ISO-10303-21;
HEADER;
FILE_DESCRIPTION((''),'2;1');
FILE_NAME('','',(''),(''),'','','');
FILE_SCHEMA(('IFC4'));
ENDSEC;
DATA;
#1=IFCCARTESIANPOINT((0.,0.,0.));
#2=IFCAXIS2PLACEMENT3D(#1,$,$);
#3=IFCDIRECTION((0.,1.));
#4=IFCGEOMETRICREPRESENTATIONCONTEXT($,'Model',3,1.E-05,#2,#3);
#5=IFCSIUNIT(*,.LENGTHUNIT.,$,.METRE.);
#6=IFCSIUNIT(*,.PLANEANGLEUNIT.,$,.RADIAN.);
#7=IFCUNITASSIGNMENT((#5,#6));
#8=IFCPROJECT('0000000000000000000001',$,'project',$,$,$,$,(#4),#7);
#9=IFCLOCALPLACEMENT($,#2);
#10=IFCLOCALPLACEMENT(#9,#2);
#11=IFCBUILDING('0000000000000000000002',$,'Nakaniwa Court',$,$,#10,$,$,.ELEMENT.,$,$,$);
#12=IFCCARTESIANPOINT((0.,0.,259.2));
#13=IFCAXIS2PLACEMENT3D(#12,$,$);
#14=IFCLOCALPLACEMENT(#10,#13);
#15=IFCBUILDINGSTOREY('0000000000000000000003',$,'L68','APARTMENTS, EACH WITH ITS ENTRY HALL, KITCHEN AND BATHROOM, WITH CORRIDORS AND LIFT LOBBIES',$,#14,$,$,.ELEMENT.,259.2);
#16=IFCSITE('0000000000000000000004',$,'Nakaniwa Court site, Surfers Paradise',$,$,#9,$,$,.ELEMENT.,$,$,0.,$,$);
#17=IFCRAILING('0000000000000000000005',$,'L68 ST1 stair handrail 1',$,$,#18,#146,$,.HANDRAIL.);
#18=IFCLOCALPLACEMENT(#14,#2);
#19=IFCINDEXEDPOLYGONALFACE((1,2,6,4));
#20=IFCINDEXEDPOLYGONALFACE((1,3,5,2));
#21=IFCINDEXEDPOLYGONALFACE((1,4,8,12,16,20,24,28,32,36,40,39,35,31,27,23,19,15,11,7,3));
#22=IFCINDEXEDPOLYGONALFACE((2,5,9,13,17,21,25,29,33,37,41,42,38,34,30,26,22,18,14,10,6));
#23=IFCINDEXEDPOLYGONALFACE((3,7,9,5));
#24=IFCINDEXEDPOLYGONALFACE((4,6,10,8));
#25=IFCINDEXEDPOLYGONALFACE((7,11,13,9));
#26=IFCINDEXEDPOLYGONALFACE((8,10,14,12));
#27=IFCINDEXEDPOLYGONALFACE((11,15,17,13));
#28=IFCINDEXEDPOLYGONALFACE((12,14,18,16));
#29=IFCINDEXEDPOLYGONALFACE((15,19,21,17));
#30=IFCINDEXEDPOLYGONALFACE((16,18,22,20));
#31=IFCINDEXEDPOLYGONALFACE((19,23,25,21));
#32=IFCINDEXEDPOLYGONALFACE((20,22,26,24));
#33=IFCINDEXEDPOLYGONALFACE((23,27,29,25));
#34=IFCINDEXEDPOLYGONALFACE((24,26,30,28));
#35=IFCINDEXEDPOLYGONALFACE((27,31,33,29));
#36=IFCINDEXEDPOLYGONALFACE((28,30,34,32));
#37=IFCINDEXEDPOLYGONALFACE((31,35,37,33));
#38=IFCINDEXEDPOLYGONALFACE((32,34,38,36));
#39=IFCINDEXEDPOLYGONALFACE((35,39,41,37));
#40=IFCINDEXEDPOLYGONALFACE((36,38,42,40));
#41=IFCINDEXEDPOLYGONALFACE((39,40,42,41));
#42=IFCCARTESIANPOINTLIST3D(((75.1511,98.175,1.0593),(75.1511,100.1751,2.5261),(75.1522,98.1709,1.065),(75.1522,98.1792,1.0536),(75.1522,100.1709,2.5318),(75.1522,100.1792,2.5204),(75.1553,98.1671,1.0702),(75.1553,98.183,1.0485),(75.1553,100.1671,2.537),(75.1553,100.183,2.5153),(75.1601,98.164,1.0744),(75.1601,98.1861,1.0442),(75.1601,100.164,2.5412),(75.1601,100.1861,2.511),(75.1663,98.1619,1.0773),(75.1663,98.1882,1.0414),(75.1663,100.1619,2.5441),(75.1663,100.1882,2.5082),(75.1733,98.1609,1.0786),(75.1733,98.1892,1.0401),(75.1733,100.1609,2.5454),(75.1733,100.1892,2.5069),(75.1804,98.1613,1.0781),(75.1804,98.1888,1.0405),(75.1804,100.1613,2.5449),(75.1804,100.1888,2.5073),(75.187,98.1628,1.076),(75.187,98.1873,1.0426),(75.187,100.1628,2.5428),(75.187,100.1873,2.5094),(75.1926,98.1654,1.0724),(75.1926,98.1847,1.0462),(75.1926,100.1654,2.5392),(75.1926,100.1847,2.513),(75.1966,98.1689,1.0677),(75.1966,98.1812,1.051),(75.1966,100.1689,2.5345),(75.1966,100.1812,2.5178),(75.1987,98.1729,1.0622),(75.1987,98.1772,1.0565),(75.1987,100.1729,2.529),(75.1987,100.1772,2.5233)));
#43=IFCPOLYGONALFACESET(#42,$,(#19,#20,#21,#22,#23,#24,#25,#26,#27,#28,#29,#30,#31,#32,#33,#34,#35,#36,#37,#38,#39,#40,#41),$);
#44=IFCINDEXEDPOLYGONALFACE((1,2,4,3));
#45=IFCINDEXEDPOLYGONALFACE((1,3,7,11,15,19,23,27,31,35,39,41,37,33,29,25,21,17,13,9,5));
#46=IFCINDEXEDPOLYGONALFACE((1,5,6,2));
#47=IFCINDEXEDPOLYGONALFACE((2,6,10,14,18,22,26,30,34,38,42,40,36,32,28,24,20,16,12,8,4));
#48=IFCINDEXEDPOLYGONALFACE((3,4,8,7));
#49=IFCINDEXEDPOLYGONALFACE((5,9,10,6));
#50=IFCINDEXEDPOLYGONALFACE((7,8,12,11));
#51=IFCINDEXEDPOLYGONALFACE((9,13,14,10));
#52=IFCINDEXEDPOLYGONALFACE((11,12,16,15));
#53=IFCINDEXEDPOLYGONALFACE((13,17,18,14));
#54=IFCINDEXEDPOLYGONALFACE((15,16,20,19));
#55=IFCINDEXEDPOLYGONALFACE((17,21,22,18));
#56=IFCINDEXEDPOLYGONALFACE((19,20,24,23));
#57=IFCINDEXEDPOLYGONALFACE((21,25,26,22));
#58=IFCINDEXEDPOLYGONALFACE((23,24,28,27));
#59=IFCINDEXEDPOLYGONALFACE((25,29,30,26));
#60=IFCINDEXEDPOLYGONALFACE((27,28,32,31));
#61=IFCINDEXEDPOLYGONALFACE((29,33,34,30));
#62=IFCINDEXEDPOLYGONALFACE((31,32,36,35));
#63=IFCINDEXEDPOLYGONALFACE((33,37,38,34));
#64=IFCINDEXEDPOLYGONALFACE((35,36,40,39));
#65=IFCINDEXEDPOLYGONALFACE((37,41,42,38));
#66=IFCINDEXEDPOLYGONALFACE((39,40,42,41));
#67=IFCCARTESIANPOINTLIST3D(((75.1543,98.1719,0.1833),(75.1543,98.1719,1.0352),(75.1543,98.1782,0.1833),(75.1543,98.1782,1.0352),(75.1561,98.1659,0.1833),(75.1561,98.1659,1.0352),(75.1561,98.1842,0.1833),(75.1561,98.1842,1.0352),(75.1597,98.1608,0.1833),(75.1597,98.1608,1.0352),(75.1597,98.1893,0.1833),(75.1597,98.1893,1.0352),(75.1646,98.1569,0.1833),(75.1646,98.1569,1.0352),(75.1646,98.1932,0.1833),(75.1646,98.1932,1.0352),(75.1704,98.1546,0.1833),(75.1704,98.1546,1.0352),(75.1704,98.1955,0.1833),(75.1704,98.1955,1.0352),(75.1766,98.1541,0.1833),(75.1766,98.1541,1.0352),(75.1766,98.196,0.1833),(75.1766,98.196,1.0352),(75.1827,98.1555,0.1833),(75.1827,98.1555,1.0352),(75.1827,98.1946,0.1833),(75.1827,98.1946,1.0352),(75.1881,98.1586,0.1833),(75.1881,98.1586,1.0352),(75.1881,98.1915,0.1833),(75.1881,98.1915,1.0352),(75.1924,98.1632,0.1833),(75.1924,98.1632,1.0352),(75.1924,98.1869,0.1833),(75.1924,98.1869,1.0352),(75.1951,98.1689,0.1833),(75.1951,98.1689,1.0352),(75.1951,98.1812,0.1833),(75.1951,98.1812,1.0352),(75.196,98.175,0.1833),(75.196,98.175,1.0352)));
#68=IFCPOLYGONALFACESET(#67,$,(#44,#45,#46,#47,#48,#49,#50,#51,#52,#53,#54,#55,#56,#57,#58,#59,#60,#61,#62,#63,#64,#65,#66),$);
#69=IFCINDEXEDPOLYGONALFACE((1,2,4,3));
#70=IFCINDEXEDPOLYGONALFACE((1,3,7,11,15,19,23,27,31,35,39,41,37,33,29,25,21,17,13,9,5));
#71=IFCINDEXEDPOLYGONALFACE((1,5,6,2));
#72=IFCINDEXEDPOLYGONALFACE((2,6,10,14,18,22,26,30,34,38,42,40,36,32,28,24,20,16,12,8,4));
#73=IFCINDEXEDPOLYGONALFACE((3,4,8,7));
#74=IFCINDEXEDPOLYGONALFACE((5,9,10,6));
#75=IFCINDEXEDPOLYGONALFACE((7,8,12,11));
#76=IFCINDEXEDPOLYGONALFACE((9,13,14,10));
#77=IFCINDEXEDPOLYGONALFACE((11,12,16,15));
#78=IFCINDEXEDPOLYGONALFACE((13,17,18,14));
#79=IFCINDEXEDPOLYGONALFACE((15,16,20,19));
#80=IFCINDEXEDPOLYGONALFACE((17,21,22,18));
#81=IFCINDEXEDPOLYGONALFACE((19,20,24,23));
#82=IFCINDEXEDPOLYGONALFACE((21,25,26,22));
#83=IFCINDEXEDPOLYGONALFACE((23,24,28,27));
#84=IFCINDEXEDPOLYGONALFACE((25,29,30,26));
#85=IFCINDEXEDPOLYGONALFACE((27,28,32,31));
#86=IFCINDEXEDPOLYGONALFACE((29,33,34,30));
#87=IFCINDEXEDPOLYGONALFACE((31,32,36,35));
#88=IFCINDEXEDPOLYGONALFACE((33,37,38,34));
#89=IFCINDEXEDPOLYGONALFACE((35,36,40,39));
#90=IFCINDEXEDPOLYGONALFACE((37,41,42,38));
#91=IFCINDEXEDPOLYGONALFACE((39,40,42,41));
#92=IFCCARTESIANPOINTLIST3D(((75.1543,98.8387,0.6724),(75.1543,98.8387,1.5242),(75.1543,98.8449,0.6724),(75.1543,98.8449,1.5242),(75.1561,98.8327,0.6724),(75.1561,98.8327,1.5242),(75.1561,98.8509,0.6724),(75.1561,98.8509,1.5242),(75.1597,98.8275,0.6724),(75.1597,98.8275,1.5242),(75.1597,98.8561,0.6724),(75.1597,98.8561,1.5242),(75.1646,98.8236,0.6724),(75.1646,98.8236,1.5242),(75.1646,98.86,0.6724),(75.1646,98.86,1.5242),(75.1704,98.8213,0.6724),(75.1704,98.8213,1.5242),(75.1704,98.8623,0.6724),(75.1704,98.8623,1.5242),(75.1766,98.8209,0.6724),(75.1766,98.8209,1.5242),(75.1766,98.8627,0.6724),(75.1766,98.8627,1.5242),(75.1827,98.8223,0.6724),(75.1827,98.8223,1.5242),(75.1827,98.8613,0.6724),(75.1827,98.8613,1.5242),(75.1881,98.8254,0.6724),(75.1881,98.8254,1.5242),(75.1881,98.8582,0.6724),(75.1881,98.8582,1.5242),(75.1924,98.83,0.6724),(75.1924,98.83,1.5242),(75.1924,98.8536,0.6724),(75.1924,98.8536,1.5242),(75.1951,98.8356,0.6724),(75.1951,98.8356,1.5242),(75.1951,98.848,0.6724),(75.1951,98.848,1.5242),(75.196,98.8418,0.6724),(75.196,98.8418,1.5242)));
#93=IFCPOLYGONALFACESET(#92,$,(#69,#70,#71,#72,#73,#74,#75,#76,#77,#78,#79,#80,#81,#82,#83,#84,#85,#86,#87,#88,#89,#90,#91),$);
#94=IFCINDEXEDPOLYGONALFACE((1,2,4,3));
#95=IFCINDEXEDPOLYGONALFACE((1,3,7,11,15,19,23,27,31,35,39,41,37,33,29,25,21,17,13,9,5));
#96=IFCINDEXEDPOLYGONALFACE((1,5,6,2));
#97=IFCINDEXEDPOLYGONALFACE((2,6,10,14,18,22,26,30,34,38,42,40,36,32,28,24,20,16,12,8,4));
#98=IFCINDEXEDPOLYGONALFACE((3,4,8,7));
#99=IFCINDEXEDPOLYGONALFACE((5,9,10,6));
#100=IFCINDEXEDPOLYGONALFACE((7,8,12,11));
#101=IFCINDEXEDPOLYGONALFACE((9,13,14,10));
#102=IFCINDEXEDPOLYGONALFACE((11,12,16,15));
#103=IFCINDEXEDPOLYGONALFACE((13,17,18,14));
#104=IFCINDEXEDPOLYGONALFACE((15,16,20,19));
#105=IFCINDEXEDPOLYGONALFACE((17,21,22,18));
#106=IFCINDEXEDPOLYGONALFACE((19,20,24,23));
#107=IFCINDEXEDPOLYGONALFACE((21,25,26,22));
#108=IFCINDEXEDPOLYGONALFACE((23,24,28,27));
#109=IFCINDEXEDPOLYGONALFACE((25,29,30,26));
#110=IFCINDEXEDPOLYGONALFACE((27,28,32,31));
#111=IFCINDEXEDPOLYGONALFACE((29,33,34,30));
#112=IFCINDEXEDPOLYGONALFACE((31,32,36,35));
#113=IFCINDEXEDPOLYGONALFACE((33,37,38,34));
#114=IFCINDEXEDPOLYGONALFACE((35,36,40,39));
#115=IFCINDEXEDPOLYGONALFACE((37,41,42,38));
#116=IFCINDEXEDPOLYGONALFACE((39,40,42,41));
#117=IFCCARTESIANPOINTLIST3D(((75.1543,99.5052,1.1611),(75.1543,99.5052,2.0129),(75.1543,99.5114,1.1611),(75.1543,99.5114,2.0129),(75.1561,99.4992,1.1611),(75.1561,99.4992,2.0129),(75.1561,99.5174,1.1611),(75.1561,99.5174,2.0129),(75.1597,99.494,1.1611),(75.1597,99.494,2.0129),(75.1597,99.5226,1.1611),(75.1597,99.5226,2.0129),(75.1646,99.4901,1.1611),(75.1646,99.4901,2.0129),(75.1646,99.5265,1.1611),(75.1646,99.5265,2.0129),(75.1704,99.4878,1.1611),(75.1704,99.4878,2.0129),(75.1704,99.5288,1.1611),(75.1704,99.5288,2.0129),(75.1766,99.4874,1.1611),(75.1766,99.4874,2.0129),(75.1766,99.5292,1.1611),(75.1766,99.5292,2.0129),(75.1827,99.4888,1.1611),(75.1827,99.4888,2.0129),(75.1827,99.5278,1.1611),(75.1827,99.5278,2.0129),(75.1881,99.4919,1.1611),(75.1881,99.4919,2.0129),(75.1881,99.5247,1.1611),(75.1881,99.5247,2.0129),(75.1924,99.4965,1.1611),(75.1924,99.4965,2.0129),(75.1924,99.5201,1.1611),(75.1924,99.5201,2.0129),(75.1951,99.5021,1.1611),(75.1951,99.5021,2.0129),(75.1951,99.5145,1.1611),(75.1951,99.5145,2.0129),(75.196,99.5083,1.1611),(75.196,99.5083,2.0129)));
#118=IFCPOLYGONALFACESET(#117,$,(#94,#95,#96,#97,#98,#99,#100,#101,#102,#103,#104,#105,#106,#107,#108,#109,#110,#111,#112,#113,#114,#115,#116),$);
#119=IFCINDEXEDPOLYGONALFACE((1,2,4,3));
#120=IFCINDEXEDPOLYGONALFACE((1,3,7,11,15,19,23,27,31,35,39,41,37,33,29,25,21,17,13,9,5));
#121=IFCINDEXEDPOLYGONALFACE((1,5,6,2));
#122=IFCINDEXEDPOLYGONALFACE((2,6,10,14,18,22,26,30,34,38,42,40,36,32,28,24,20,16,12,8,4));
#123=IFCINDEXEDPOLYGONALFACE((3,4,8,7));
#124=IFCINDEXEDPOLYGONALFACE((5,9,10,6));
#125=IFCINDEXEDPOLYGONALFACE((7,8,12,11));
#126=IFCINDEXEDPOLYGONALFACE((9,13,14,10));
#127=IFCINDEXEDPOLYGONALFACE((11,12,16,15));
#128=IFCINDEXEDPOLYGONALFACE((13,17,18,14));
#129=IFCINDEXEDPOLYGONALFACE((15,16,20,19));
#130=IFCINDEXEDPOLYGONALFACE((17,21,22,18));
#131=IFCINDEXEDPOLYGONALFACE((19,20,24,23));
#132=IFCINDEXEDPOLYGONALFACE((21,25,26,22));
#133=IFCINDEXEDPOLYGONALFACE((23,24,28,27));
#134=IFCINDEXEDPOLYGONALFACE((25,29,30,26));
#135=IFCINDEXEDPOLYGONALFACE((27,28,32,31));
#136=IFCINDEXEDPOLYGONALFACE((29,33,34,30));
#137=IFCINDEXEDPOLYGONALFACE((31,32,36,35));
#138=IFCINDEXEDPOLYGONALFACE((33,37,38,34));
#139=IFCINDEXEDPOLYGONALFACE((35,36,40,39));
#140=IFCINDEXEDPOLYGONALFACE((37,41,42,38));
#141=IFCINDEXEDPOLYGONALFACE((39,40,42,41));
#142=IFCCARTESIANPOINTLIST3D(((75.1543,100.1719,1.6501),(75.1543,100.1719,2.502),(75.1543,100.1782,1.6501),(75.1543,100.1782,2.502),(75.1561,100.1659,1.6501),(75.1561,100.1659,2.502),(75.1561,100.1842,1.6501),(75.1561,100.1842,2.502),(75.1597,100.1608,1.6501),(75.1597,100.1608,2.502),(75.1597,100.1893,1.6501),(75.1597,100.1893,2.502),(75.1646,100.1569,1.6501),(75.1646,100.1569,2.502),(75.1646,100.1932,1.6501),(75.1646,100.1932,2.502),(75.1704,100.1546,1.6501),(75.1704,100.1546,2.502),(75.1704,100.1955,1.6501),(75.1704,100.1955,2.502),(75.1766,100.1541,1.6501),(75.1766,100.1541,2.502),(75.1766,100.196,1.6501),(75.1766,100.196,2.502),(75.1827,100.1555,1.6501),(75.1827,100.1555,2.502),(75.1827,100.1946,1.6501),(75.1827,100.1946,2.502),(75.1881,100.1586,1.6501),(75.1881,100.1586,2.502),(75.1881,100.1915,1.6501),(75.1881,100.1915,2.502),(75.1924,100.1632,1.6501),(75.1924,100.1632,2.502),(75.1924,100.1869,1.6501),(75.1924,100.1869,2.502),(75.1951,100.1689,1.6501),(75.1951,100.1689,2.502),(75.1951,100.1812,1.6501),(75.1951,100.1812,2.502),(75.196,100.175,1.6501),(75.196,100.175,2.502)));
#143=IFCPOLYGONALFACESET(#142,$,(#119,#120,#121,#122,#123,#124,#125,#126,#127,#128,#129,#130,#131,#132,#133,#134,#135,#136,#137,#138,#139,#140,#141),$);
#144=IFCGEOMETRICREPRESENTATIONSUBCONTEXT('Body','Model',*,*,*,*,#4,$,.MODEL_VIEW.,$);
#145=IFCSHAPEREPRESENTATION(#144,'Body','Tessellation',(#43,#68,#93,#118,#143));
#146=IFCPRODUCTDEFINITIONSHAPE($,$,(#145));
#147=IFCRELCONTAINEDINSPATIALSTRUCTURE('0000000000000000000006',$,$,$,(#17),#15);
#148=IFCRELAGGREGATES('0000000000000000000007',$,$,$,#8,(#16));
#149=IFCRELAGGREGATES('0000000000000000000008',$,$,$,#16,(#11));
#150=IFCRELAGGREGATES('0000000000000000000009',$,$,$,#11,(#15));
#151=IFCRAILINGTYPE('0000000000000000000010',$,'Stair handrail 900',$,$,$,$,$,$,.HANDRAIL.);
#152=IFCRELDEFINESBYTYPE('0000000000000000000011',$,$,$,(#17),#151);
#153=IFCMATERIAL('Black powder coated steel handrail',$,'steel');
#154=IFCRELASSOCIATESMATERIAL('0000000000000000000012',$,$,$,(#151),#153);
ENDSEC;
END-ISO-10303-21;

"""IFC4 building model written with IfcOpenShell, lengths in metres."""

from ifc_helpers import new_model, si_unit, direction, frame, origin, origin_2d, place, context, subcontext, project, spatial, circle, extrude, material, type_object, element, save


model = new_model("IFC4")

# Units and contexts
model_context = context("Model", 3, precision=1e-05, world=origin(), true_north=direction((0.0, 1.0)))
body_context = subcontext(model_context, "Body", "Model", "MODEL_VIEW")
ifc_project = project(units=[si_unit("LENGTHUNIT", "METRE"), si_unit("PLANEANGLEUNIT", "RADIAN")], contexts=[model_context])

# Site, building, storey
site_placement = place(None, origin())
site = spatial("IfcSite", under=ifc_project, at=site_placement, Name="Nakaniwa Court site, Surfers Paradise", CompositionType="ELEMENT", RefElevation=0.0)
building_placement = place(site_placement, origin())
building = spatial("IfcBuilding", under=site, at=building_placement, Name="Nakaniwa Court", CompositionType="ELEMENT")
storey_placement = place(building_placement, frame((0.0, 0.0, 259.2)))
storey = spatial("IfcBuildingStorey", under=building, at=storey_placement, Name="L68", Description="APARTMENTS, EACH WITH ITS ENTRY HALL, KITCHEN AND BATHROOM, WITH CORRIDORS AND LIFT LOBBIES", CompositionType="ELEMENT", Elevation=259.2)

# Railing
ifc_material_1 = material(Name="Black powder coated steel handrail", Category="steel")
railing_type_1 = type_object("IfcRailingType", Name="Stair handrail 900", PredefinedType="HANDRAIL", material=ifc_material_1)
railing_1_placement = place(storey_placement, frame((75.175, 98.175, 0.1833)))
element("IfcRailing", 1, at=railing_1_placement, inside=storey, type_object=railing_type_1, Name="L68 ST1 stair handrail 1", PredefinedType="HANDRAIL", context=body_context, shape_type="SweptSolid", body=[
    extrude(circle(Radius=0.0239, at=origin_2d()), frame((0.0, 0.0, 0.876), z_axis=(0.0, 0.80638, 0.591398), x_axis=(-1.0, 0.0, 0.0)), (0.0, 0.0, 1.0), 2.4802),
    extrude(circle(Radius=0.021, at=origin_2d()), origin(), (0.0, 0.0, 1.0), 0.8518),
    extrude(circle(Radius=0.021, at=origin_2d()), frame((0.0, 0.6667, 0.489)), (0.0, 0.0, 1.0), 0.8518),
    extrude(circle(Radius=0.021, at=origin_2d()), frame((0.0, 1.3333, 0.9778)), (0.0, 0.0, 1.0), 0.8518),
    extrude(circle(Radius=0.021, at=origin_2d()), frame((0.0, 2.0, 1.4668)), (0.0, 0.0, 1.0), 0.8518),
])

save(model, "model.ifc")
